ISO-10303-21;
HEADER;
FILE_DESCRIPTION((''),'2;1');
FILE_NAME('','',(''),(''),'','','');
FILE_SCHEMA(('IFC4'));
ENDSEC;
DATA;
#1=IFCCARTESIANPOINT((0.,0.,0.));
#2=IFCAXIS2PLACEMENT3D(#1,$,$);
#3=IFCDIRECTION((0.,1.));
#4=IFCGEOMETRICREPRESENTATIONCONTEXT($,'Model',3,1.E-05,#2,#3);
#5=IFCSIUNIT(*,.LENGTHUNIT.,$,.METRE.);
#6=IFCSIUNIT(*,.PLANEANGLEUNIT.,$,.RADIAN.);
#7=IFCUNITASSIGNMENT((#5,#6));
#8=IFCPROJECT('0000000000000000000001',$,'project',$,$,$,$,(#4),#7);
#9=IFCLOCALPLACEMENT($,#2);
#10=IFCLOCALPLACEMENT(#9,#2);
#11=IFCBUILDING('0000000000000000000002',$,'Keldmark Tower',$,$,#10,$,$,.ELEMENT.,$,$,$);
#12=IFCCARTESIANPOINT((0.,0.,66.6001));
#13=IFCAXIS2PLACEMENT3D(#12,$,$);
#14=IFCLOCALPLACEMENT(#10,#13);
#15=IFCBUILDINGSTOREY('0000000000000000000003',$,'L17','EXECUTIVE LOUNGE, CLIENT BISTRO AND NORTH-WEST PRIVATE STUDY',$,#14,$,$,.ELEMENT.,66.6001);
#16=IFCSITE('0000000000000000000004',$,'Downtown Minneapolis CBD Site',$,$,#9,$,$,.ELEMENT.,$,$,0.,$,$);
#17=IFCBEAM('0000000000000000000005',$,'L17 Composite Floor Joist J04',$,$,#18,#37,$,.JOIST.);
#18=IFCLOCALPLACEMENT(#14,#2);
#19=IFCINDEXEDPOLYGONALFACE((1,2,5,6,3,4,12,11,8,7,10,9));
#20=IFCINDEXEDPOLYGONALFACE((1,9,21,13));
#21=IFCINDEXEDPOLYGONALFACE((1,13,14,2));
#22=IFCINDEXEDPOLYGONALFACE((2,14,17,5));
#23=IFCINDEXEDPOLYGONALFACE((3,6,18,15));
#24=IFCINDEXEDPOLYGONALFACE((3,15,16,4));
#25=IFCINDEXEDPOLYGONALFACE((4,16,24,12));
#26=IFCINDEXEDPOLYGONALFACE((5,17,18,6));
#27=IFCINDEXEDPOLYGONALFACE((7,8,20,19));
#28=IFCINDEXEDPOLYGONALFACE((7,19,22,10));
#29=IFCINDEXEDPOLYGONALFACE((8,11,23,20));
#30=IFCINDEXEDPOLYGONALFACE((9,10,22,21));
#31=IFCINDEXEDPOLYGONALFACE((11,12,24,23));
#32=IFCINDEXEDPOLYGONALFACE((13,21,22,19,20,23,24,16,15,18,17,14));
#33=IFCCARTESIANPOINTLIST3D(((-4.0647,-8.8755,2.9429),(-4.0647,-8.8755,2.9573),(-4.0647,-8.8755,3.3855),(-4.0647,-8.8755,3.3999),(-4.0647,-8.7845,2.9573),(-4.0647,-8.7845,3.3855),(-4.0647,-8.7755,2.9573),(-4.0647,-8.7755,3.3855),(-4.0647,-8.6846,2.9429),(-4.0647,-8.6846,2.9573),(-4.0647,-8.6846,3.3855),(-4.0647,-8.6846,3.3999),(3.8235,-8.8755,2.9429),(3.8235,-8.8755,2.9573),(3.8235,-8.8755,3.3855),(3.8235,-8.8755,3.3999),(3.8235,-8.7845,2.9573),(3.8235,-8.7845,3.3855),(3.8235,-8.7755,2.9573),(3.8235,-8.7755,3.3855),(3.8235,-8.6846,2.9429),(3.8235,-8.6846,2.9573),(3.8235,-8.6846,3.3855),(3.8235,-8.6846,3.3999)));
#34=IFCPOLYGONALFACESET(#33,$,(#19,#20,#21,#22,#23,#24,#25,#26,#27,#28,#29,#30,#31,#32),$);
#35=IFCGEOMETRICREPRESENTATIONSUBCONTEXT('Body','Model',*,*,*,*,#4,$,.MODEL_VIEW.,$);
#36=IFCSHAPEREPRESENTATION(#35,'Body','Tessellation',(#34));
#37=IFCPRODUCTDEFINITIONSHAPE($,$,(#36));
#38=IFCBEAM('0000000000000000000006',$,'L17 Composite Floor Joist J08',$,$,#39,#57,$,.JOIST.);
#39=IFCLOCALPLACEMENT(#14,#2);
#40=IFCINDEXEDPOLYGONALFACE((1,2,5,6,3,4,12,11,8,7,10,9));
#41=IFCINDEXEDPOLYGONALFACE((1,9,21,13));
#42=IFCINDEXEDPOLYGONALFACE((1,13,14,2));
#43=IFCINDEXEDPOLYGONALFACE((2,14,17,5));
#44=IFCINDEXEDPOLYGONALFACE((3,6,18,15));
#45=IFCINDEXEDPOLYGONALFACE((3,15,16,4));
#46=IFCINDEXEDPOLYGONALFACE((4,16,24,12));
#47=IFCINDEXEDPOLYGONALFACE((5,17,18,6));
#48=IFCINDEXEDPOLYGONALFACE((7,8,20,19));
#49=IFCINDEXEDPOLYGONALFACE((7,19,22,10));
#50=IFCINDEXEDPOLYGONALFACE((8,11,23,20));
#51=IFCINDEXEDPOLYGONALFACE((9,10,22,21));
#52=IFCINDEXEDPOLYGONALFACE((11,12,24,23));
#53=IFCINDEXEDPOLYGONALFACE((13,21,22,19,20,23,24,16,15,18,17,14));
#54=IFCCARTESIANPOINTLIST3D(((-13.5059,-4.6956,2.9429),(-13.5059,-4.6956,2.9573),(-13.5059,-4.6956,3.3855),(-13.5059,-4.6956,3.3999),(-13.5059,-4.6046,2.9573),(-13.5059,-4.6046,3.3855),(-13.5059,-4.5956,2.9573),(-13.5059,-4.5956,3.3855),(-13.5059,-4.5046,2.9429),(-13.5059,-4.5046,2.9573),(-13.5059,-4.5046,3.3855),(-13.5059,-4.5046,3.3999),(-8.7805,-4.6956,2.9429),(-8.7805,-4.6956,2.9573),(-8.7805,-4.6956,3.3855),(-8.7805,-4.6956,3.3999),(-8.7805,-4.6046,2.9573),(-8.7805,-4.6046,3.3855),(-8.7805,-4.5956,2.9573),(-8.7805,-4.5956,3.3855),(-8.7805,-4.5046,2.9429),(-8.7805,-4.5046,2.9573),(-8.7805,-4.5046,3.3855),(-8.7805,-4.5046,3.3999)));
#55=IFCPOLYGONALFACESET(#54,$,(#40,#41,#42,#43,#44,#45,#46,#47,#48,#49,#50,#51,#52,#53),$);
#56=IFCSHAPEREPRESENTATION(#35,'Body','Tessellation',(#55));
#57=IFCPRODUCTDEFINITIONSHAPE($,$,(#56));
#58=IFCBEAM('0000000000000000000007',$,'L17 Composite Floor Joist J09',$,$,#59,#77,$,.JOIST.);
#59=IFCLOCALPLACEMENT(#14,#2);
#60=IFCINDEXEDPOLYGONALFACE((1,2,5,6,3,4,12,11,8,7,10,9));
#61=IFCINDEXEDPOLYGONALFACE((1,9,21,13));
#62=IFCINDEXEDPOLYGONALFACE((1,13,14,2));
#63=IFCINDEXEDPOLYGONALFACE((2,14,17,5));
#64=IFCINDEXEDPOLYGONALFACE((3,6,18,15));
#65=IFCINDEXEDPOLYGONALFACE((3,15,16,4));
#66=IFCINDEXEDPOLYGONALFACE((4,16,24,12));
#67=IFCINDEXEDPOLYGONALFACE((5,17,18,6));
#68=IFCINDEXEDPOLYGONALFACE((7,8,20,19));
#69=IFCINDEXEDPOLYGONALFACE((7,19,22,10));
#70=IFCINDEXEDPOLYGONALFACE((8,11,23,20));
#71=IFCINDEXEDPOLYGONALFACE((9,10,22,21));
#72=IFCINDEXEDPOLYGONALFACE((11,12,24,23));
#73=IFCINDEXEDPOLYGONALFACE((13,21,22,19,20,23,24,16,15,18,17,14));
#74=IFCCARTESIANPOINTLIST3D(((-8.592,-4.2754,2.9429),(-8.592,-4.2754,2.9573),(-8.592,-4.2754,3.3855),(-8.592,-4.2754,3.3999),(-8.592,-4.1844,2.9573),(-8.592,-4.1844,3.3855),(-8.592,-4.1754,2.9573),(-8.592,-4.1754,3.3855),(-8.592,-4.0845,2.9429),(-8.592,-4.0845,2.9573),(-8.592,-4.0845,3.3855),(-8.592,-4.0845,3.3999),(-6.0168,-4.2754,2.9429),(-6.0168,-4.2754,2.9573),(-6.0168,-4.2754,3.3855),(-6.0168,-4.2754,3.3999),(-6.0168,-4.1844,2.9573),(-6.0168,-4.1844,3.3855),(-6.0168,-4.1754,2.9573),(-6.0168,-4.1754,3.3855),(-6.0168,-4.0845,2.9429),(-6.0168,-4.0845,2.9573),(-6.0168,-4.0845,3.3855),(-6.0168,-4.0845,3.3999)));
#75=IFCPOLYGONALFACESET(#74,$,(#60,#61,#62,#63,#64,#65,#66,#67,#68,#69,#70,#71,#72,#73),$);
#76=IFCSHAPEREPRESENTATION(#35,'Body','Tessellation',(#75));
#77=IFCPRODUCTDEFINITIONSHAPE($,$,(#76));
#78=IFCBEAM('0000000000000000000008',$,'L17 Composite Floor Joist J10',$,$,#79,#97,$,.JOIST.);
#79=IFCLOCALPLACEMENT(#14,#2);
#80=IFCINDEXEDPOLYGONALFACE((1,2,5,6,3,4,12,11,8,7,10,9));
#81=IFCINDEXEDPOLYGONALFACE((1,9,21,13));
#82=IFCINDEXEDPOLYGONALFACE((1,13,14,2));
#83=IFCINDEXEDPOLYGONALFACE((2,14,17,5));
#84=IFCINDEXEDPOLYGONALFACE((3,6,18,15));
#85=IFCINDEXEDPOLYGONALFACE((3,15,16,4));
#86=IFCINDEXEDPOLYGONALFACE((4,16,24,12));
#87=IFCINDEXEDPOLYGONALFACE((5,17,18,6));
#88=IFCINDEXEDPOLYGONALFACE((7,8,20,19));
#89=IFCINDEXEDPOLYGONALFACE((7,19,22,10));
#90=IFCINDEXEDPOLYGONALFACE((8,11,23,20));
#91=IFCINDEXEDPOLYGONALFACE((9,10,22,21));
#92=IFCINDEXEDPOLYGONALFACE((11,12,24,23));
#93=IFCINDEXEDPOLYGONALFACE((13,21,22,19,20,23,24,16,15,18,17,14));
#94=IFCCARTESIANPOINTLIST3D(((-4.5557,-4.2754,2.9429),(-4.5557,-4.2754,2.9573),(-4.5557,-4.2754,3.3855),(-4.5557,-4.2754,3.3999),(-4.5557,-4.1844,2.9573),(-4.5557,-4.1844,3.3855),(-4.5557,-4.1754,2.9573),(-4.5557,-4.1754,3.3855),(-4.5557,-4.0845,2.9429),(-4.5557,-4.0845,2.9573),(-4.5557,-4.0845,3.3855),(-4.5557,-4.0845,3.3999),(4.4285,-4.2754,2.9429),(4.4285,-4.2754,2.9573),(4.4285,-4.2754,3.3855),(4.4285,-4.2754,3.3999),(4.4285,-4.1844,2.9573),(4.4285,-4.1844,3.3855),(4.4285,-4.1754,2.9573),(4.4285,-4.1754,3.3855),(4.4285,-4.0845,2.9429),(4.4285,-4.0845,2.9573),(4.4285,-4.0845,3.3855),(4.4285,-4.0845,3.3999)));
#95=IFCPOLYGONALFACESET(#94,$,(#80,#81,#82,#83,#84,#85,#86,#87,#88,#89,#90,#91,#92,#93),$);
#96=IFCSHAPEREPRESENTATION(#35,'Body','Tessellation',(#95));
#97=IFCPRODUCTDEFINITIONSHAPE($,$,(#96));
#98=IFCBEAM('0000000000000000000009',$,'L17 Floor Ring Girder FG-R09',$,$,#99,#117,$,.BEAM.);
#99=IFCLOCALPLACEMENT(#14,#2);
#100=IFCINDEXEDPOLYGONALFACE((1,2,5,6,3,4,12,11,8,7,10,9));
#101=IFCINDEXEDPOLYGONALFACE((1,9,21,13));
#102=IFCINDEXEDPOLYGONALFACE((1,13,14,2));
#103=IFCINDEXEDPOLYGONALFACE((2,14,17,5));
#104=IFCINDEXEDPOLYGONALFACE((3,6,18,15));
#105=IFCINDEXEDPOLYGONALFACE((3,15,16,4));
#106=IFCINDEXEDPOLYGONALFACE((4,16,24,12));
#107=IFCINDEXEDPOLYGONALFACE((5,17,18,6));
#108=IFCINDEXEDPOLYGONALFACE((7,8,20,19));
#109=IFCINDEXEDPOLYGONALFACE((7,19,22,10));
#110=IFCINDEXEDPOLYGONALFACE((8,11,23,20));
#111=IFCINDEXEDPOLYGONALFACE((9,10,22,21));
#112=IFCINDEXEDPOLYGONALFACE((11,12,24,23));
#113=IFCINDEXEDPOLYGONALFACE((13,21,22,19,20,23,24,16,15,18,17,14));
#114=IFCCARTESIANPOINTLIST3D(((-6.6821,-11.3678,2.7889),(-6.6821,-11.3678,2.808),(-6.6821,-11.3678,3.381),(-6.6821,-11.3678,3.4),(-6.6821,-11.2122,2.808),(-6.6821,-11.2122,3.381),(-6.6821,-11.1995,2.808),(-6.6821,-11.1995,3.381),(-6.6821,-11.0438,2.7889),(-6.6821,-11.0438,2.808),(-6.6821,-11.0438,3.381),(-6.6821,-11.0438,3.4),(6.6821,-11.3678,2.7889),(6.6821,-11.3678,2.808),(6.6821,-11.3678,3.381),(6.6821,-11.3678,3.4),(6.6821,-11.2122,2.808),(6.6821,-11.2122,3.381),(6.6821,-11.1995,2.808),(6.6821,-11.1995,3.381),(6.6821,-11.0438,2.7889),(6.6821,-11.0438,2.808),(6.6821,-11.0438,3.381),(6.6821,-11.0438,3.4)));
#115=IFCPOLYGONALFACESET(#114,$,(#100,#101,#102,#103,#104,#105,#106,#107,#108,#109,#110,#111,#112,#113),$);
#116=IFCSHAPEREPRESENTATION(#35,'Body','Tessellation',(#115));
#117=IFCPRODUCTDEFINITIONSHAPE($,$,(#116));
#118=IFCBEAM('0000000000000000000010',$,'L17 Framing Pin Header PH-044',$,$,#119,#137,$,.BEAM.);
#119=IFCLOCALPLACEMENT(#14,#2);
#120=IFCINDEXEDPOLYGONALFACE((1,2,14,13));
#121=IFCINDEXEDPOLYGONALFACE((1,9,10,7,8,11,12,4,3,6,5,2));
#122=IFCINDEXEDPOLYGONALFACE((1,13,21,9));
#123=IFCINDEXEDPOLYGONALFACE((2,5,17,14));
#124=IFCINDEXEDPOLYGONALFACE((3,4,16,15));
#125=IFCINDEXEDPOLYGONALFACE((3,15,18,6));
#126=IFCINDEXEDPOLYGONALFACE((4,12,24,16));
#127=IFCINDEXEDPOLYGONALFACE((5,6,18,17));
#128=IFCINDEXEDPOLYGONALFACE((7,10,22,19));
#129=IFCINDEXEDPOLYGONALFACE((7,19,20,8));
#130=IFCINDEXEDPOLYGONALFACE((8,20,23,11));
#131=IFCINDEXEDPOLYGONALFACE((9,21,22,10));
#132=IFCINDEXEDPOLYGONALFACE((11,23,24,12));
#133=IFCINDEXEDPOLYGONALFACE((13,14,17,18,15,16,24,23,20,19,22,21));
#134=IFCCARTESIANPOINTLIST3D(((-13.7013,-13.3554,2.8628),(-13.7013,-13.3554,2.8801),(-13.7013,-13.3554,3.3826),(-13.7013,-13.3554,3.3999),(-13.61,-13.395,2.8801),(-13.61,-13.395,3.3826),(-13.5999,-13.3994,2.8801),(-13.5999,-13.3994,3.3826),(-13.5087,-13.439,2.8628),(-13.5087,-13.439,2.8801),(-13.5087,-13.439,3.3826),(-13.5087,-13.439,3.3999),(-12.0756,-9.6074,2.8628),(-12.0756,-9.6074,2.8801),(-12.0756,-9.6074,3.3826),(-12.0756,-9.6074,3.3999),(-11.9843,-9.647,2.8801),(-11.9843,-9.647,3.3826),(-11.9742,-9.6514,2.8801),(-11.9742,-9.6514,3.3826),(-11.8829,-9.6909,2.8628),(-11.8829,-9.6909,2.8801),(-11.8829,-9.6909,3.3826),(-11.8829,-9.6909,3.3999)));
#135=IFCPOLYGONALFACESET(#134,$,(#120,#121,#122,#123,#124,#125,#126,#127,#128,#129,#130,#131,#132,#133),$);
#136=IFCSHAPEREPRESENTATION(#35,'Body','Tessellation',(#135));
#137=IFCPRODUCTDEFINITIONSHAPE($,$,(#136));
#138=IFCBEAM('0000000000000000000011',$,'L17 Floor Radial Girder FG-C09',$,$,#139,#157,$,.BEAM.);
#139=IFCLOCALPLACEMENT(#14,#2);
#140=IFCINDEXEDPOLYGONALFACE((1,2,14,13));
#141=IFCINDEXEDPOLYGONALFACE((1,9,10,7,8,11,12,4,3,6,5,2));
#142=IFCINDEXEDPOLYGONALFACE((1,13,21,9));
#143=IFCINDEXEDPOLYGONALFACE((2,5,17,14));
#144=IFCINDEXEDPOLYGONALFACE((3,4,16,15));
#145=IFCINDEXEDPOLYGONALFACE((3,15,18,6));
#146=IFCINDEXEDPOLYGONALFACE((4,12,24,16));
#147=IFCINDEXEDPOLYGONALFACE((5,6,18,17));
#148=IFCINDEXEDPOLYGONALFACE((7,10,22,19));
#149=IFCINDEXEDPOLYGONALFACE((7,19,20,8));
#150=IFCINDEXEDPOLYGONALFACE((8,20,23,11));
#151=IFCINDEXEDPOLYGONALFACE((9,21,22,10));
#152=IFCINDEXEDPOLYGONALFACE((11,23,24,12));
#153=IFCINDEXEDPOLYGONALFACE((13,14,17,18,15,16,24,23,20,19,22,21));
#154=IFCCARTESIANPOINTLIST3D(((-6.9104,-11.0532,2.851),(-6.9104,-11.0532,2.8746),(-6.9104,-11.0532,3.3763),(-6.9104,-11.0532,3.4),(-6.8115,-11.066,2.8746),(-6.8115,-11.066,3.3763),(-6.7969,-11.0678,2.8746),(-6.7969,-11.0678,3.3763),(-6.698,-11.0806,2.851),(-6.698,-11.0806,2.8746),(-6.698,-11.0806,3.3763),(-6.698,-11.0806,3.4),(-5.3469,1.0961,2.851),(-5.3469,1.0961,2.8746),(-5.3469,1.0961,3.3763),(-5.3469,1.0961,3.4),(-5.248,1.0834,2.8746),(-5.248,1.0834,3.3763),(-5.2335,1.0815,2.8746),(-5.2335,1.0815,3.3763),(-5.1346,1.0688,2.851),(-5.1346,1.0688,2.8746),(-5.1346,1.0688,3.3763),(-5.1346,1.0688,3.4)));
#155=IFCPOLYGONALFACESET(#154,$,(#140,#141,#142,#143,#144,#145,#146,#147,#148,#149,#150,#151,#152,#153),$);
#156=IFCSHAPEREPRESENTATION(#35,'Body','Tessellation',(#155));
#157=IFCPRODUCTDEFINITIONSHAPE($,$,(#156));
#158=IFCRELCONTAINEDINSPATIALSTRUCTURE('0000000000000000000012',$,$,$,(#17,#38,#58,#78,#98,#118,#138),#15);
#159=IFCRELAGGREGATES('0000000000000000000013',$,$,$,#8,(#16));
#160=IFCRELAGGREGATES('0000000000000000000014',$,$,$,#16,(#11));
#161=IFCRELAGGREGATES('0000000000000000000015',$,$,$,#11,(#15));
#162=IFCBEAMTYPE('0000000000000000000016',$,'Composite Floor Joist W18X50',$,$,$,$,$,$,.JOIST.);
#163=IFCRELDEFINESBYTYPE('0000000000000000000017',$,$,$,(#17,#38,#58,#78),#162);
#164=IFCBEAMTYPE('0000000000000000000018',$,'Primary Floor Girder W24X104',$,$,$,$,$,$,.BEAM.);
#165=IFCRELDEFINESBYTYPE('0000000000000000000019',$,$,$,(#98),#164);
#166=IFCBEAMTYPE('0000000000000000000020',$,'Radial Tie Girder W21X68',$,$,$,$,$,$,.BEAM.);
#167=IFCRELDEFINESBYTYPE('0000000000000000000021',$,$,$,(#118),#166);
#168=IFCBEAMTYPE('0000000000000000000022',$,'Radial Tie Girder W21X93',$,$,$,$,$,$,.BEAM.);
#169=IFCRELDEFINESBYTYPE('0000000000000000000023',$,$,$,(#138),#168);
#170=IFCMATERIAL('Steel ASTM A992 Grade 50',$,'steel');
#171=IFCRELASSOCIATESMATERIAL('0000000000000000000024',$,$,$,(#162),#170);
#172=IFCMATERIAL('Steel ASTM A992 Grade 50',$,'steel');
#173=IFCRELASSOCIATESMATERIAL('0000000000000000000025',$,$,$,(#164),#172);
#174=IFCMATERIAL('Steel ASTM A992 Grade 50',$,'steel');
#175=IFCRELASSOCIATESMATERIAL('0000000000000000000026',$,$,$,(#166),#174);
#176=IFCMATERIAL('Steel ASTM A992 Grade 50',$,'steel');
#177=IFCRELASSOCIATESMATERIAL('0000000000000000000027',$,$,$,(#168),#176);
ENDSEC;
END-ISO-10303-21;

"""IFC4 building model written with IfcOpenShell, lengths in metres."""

from ifc_helpers import new_model, si_unit, direction, frame, origin, origin_2d, place, context, subcontext, project, spatial, i_section, extrude, material, material_profile, profile_set, type_object, element, save


model = new_model("IFC4")

# Units and contexts
model_context = context("Model", 3, precision=1e-05, world=origin(), true_north=direction((0.0, 1.0)))
body_context = subcontext(model_context, "Body", "Model", "MODEL_VIEW")
ifc_project = project(units=[si_unit("LENGTHUNIT", "METRE"), si_unit("PLANEANGLEUNIT", "RADIAN")], contexts=[model_context])

# Site, building, storey
site_placement = place(None, origin())
site = spatial("IfcSite", under=ifc_project, at=site_placement, Name="Downtown Minneapolis CBD Site", CompositionType="ELEMENT", RefElevation=0.0)
building_placement = place(site_placement, origin())
building = spatial("IfcBuilding", under=site, at=building_placement, Name="Keldmark Tower", CompositionType="ELEMENT")
storey_placement = place(building_placement, frame((0.0, 0.0, 66.6001)))
storey = spatial("IfcBuildingStorey", under=building, at=storey_placement, Name="L17", Description="EXECUTIVE LOUNGE, CLIENT BISTRO AND NORTH-WEST PRIVATE STUDY", CompositionType="ELEMENT", Elevation=66.6001)

# Beams
ifc_material_1 = material(Name="Steel ASTM A992 Grade 50", Category="steel")
ifc_material_profile_1 = material_profile(ifc_material_1, i_section(OverallWidth=0.1909, OverallDepth=0.457, WebThickness=0.009, FlangeThickness=0.0144, at=origin_2d()), Name="W18X50")
ifc_profile_set_1 = profile_set([ifc_material_profile_1], Name="Steel ASTM A992 Grade 50")
beam_type_1 = type_object("IfcBeamType", Name="Composite Floor Joist W18X50", PredefinedType="JOIST", material=ifc_profile_set_1)
beam_1_placement = place(storey_placement, frame((-4.0647, -8.78, 3.1714), z_axis=(1.0, 0.0, 0.0), x_axis=(0.0, 1.0, 0.0)))
element("IfcBeam", 1, at=beam_1_placement, inside=storey, type_object=beam_type_1, Name="L17 Composite Floor Joist J04", PredefinedType="JOIST", context=body_context, shape_type="SweptSolid", body=[
    extrude(i_section(OverallWidth=0.1909, OverallDepth=0.457, WebThickness=0.009, FlangeThickness=0.0144, at=origin_2d()), origin(), (0.0, 0.0, 1.0), 7.8882),
])
beam_2_placement = place(storey_placement, frame((-13.5059, -4.6001, 3.1714), z_axis=(1.0, 0.0, 0.0), x_axis=(0.0, 1.0, 0.0)))
element("IfcBeam", 2, at=beam_2_placement, inside=storey, type_object=beam_type_1, Name="L17 Composite Floor Joist J08", PredefinedType="JOIST", context=body_context, shape_type="SweptSolid", body=[
    extrude(i_section(OverallWidth=0.1909, OverallDepth=0.457, WebThickness=0.009, FlangeThickness=0.0144, at=origin_2d()), origin(), (0.0, 0.0, 1.0), 4.7253),
])
beam_3_placement = place(storey_placement, frame((-8.592, -4.1799, 3.1714), z_axis=(1.0, 0.0, 0.0), x_axis=(0.0, 1.0, 0.0)))
element("IfcBeam", 3, at=beam_3_placement, inside=storey, type_object=beam_type_1, Name="L17 Composite Floor Joist J09", PredefinedType="JOIST", context=body_context, shape_type="SweptSolid", body=[
    extrude(i_section(OverallWidth=0.1909, OverallDepth=0.457, WebThickness=0.009, FlangeThickness=0.0144, at=origin_2d()), origin(), (0.0, 0.0, 1.0), 2.5752),
])
beam_4_placement = place(storey_placement, frame((-4.5557, -4.1799, 3.1714), z_axis=(1.0, 0.0, 0.0), x_axis=(0.0, 1.0, 0.0)))
element("IfcBeam", 4, at=beam_4_placement, inside=storey, type_object=beam_type_1, Name="L17 Composite Floor Joist J10", PredefinedType="JOIST", context=body_context, shape_type="SweptSolid", body=[
    extrude(i_section(OverallWidth=0.1909, OverallDepth=0.457, WebThickness=0.009, FlangeThickness=0.0144, at=origin_2d()), origin(), (0.0, 0.0, 1.0), 8.9841),
])
ifc_material_2 = material(Name="Steel ASTM A992 Grade 50", Category="steel")
ifc_material_profile_2 = material_profile(ifc_material_2, i_section(OverallWidth=0.324, OverallDepth=0.6111, WebThickness=0.0127, FlangeThickness=0.019, at=origin_2d()), Name="W24X104")
ifc_profile_set_2 = profile_set([ifc_material_profile_2], Name="Steel ASTM A992 Grade 50")
beam_type_2 = type_object("IfcBeamType", Name="Primary Floor Girder W24X104", PredefinedType="BEAM", material=ifc_profile_set_2)
beam_5_placement = place(storey_placement, frame((-6.6821, -11.2058, 3.0945), z_axis=(1.0, 0.0, 0.0), x_axis=(0.0, 1.0, 0.0)))
element("IfcBeam", 5, at=beam_5_placement, inside=storey, type_object=beam_type_2, Name="L17 Floor Ring Girder FG-R09", PredefinedType="BEAM", context=body_context, shape_type="SweptSolid", body=[
    extrude(i_section(OverallWidth=0.324, OverallDepth=0.6111, WebThickness=0.0127, FlangeThickness=0.019, at=origin_2d()), origin(), (0.0, 0.0, 1.0), 13.3643),
])
ifc_material_3 = material(Name="Steel ASTM A992 Grade 50", Category="steel")
ifc_material_profile_3 = material_profile(ifc_material_3, i_section(OverallWidth=0.21, OverallDepth=0.5371, WebThickness=0.011, FlangeThickness=0.0173, at=origin_2d()), Name="W21X68")
ifc_profile_set_3 = profile_set([ifc_material_profile_3], Name="Steel ASTM A992 Grade 50")
beam_type_3 = type_object("IfcBeamType", Name="Radial Tie Girder W21X68", PredefinedType="BEAM", material=ifc_profile_set_3)
beam_6_placement = place(storey_placement, frame((-11.9792, -9.6492, 3.1313), z_axis=(-0.397933, -0.917415, 0.0), x_axis=(0.917415, -0.397933, 0.0)))
element("IfcBeam", 6, at=beam_6_placement, inside=storey, type_object=beam_type_3, Name="L17 Framing Pin Header PH-044", PredefinedType="BEAM", context=body_context, shape_type="SweptSolid", body=[
    extrude(i_section(OverallWidth=0.21, OverallDepth=0.5371, WebThickness=0.011, FlangeThickness=0.0173, at=origin_2d()), origin(), (0.0, 0.0, 1.0), 4.0854),
])
ifc_material_4 = material(Name="Steel ASTM A992 Grade 50", Category="steel")
ifc_material_profile_4 = material_profile(ifc_material_4, i_section(OverallWidth=0.2141, OverallDepth=0.5491, WebThickness=0.0146, FlangeThickness=0.0237, at=origin_2d()), Name="W21X93")
ifc_profile_set_4 = profile_set([ifc_material_profile_4], Name="Steel ASTM A992 Grade 50")
beam_type_4 = type_object("IfcBeamType", Name="Radial Tie Girder W21X93", PredefinedType="BEAM", material=ifc_profile_set_4)
beam_7_placement = place(storey_placement, frame((-6.8042, -11.0669, 3.1255), z_axis=(0.127635, 0.991821, 0.0), x_axis=(-0.991821, 0.127635, 0.0)))
element("IfcBeam", 7, at=beam_7_placement, inside=storey, type_object=beam_type_4, Name="L17 Floor Radial Girder FG-C09", PredefinedType="BEAM", context=body_context, shape_type="SweptSolid", body=[
    extrude(i_section(OverallWidth=0.2141, OverallDepth=0.5491, WebThickness=0.0146, FlangeThickness=0.0237, at=origin_2d()), origin(), (0.0, 0.0, 1.0), 12.2495),
])

save(model, "model.ifc")
